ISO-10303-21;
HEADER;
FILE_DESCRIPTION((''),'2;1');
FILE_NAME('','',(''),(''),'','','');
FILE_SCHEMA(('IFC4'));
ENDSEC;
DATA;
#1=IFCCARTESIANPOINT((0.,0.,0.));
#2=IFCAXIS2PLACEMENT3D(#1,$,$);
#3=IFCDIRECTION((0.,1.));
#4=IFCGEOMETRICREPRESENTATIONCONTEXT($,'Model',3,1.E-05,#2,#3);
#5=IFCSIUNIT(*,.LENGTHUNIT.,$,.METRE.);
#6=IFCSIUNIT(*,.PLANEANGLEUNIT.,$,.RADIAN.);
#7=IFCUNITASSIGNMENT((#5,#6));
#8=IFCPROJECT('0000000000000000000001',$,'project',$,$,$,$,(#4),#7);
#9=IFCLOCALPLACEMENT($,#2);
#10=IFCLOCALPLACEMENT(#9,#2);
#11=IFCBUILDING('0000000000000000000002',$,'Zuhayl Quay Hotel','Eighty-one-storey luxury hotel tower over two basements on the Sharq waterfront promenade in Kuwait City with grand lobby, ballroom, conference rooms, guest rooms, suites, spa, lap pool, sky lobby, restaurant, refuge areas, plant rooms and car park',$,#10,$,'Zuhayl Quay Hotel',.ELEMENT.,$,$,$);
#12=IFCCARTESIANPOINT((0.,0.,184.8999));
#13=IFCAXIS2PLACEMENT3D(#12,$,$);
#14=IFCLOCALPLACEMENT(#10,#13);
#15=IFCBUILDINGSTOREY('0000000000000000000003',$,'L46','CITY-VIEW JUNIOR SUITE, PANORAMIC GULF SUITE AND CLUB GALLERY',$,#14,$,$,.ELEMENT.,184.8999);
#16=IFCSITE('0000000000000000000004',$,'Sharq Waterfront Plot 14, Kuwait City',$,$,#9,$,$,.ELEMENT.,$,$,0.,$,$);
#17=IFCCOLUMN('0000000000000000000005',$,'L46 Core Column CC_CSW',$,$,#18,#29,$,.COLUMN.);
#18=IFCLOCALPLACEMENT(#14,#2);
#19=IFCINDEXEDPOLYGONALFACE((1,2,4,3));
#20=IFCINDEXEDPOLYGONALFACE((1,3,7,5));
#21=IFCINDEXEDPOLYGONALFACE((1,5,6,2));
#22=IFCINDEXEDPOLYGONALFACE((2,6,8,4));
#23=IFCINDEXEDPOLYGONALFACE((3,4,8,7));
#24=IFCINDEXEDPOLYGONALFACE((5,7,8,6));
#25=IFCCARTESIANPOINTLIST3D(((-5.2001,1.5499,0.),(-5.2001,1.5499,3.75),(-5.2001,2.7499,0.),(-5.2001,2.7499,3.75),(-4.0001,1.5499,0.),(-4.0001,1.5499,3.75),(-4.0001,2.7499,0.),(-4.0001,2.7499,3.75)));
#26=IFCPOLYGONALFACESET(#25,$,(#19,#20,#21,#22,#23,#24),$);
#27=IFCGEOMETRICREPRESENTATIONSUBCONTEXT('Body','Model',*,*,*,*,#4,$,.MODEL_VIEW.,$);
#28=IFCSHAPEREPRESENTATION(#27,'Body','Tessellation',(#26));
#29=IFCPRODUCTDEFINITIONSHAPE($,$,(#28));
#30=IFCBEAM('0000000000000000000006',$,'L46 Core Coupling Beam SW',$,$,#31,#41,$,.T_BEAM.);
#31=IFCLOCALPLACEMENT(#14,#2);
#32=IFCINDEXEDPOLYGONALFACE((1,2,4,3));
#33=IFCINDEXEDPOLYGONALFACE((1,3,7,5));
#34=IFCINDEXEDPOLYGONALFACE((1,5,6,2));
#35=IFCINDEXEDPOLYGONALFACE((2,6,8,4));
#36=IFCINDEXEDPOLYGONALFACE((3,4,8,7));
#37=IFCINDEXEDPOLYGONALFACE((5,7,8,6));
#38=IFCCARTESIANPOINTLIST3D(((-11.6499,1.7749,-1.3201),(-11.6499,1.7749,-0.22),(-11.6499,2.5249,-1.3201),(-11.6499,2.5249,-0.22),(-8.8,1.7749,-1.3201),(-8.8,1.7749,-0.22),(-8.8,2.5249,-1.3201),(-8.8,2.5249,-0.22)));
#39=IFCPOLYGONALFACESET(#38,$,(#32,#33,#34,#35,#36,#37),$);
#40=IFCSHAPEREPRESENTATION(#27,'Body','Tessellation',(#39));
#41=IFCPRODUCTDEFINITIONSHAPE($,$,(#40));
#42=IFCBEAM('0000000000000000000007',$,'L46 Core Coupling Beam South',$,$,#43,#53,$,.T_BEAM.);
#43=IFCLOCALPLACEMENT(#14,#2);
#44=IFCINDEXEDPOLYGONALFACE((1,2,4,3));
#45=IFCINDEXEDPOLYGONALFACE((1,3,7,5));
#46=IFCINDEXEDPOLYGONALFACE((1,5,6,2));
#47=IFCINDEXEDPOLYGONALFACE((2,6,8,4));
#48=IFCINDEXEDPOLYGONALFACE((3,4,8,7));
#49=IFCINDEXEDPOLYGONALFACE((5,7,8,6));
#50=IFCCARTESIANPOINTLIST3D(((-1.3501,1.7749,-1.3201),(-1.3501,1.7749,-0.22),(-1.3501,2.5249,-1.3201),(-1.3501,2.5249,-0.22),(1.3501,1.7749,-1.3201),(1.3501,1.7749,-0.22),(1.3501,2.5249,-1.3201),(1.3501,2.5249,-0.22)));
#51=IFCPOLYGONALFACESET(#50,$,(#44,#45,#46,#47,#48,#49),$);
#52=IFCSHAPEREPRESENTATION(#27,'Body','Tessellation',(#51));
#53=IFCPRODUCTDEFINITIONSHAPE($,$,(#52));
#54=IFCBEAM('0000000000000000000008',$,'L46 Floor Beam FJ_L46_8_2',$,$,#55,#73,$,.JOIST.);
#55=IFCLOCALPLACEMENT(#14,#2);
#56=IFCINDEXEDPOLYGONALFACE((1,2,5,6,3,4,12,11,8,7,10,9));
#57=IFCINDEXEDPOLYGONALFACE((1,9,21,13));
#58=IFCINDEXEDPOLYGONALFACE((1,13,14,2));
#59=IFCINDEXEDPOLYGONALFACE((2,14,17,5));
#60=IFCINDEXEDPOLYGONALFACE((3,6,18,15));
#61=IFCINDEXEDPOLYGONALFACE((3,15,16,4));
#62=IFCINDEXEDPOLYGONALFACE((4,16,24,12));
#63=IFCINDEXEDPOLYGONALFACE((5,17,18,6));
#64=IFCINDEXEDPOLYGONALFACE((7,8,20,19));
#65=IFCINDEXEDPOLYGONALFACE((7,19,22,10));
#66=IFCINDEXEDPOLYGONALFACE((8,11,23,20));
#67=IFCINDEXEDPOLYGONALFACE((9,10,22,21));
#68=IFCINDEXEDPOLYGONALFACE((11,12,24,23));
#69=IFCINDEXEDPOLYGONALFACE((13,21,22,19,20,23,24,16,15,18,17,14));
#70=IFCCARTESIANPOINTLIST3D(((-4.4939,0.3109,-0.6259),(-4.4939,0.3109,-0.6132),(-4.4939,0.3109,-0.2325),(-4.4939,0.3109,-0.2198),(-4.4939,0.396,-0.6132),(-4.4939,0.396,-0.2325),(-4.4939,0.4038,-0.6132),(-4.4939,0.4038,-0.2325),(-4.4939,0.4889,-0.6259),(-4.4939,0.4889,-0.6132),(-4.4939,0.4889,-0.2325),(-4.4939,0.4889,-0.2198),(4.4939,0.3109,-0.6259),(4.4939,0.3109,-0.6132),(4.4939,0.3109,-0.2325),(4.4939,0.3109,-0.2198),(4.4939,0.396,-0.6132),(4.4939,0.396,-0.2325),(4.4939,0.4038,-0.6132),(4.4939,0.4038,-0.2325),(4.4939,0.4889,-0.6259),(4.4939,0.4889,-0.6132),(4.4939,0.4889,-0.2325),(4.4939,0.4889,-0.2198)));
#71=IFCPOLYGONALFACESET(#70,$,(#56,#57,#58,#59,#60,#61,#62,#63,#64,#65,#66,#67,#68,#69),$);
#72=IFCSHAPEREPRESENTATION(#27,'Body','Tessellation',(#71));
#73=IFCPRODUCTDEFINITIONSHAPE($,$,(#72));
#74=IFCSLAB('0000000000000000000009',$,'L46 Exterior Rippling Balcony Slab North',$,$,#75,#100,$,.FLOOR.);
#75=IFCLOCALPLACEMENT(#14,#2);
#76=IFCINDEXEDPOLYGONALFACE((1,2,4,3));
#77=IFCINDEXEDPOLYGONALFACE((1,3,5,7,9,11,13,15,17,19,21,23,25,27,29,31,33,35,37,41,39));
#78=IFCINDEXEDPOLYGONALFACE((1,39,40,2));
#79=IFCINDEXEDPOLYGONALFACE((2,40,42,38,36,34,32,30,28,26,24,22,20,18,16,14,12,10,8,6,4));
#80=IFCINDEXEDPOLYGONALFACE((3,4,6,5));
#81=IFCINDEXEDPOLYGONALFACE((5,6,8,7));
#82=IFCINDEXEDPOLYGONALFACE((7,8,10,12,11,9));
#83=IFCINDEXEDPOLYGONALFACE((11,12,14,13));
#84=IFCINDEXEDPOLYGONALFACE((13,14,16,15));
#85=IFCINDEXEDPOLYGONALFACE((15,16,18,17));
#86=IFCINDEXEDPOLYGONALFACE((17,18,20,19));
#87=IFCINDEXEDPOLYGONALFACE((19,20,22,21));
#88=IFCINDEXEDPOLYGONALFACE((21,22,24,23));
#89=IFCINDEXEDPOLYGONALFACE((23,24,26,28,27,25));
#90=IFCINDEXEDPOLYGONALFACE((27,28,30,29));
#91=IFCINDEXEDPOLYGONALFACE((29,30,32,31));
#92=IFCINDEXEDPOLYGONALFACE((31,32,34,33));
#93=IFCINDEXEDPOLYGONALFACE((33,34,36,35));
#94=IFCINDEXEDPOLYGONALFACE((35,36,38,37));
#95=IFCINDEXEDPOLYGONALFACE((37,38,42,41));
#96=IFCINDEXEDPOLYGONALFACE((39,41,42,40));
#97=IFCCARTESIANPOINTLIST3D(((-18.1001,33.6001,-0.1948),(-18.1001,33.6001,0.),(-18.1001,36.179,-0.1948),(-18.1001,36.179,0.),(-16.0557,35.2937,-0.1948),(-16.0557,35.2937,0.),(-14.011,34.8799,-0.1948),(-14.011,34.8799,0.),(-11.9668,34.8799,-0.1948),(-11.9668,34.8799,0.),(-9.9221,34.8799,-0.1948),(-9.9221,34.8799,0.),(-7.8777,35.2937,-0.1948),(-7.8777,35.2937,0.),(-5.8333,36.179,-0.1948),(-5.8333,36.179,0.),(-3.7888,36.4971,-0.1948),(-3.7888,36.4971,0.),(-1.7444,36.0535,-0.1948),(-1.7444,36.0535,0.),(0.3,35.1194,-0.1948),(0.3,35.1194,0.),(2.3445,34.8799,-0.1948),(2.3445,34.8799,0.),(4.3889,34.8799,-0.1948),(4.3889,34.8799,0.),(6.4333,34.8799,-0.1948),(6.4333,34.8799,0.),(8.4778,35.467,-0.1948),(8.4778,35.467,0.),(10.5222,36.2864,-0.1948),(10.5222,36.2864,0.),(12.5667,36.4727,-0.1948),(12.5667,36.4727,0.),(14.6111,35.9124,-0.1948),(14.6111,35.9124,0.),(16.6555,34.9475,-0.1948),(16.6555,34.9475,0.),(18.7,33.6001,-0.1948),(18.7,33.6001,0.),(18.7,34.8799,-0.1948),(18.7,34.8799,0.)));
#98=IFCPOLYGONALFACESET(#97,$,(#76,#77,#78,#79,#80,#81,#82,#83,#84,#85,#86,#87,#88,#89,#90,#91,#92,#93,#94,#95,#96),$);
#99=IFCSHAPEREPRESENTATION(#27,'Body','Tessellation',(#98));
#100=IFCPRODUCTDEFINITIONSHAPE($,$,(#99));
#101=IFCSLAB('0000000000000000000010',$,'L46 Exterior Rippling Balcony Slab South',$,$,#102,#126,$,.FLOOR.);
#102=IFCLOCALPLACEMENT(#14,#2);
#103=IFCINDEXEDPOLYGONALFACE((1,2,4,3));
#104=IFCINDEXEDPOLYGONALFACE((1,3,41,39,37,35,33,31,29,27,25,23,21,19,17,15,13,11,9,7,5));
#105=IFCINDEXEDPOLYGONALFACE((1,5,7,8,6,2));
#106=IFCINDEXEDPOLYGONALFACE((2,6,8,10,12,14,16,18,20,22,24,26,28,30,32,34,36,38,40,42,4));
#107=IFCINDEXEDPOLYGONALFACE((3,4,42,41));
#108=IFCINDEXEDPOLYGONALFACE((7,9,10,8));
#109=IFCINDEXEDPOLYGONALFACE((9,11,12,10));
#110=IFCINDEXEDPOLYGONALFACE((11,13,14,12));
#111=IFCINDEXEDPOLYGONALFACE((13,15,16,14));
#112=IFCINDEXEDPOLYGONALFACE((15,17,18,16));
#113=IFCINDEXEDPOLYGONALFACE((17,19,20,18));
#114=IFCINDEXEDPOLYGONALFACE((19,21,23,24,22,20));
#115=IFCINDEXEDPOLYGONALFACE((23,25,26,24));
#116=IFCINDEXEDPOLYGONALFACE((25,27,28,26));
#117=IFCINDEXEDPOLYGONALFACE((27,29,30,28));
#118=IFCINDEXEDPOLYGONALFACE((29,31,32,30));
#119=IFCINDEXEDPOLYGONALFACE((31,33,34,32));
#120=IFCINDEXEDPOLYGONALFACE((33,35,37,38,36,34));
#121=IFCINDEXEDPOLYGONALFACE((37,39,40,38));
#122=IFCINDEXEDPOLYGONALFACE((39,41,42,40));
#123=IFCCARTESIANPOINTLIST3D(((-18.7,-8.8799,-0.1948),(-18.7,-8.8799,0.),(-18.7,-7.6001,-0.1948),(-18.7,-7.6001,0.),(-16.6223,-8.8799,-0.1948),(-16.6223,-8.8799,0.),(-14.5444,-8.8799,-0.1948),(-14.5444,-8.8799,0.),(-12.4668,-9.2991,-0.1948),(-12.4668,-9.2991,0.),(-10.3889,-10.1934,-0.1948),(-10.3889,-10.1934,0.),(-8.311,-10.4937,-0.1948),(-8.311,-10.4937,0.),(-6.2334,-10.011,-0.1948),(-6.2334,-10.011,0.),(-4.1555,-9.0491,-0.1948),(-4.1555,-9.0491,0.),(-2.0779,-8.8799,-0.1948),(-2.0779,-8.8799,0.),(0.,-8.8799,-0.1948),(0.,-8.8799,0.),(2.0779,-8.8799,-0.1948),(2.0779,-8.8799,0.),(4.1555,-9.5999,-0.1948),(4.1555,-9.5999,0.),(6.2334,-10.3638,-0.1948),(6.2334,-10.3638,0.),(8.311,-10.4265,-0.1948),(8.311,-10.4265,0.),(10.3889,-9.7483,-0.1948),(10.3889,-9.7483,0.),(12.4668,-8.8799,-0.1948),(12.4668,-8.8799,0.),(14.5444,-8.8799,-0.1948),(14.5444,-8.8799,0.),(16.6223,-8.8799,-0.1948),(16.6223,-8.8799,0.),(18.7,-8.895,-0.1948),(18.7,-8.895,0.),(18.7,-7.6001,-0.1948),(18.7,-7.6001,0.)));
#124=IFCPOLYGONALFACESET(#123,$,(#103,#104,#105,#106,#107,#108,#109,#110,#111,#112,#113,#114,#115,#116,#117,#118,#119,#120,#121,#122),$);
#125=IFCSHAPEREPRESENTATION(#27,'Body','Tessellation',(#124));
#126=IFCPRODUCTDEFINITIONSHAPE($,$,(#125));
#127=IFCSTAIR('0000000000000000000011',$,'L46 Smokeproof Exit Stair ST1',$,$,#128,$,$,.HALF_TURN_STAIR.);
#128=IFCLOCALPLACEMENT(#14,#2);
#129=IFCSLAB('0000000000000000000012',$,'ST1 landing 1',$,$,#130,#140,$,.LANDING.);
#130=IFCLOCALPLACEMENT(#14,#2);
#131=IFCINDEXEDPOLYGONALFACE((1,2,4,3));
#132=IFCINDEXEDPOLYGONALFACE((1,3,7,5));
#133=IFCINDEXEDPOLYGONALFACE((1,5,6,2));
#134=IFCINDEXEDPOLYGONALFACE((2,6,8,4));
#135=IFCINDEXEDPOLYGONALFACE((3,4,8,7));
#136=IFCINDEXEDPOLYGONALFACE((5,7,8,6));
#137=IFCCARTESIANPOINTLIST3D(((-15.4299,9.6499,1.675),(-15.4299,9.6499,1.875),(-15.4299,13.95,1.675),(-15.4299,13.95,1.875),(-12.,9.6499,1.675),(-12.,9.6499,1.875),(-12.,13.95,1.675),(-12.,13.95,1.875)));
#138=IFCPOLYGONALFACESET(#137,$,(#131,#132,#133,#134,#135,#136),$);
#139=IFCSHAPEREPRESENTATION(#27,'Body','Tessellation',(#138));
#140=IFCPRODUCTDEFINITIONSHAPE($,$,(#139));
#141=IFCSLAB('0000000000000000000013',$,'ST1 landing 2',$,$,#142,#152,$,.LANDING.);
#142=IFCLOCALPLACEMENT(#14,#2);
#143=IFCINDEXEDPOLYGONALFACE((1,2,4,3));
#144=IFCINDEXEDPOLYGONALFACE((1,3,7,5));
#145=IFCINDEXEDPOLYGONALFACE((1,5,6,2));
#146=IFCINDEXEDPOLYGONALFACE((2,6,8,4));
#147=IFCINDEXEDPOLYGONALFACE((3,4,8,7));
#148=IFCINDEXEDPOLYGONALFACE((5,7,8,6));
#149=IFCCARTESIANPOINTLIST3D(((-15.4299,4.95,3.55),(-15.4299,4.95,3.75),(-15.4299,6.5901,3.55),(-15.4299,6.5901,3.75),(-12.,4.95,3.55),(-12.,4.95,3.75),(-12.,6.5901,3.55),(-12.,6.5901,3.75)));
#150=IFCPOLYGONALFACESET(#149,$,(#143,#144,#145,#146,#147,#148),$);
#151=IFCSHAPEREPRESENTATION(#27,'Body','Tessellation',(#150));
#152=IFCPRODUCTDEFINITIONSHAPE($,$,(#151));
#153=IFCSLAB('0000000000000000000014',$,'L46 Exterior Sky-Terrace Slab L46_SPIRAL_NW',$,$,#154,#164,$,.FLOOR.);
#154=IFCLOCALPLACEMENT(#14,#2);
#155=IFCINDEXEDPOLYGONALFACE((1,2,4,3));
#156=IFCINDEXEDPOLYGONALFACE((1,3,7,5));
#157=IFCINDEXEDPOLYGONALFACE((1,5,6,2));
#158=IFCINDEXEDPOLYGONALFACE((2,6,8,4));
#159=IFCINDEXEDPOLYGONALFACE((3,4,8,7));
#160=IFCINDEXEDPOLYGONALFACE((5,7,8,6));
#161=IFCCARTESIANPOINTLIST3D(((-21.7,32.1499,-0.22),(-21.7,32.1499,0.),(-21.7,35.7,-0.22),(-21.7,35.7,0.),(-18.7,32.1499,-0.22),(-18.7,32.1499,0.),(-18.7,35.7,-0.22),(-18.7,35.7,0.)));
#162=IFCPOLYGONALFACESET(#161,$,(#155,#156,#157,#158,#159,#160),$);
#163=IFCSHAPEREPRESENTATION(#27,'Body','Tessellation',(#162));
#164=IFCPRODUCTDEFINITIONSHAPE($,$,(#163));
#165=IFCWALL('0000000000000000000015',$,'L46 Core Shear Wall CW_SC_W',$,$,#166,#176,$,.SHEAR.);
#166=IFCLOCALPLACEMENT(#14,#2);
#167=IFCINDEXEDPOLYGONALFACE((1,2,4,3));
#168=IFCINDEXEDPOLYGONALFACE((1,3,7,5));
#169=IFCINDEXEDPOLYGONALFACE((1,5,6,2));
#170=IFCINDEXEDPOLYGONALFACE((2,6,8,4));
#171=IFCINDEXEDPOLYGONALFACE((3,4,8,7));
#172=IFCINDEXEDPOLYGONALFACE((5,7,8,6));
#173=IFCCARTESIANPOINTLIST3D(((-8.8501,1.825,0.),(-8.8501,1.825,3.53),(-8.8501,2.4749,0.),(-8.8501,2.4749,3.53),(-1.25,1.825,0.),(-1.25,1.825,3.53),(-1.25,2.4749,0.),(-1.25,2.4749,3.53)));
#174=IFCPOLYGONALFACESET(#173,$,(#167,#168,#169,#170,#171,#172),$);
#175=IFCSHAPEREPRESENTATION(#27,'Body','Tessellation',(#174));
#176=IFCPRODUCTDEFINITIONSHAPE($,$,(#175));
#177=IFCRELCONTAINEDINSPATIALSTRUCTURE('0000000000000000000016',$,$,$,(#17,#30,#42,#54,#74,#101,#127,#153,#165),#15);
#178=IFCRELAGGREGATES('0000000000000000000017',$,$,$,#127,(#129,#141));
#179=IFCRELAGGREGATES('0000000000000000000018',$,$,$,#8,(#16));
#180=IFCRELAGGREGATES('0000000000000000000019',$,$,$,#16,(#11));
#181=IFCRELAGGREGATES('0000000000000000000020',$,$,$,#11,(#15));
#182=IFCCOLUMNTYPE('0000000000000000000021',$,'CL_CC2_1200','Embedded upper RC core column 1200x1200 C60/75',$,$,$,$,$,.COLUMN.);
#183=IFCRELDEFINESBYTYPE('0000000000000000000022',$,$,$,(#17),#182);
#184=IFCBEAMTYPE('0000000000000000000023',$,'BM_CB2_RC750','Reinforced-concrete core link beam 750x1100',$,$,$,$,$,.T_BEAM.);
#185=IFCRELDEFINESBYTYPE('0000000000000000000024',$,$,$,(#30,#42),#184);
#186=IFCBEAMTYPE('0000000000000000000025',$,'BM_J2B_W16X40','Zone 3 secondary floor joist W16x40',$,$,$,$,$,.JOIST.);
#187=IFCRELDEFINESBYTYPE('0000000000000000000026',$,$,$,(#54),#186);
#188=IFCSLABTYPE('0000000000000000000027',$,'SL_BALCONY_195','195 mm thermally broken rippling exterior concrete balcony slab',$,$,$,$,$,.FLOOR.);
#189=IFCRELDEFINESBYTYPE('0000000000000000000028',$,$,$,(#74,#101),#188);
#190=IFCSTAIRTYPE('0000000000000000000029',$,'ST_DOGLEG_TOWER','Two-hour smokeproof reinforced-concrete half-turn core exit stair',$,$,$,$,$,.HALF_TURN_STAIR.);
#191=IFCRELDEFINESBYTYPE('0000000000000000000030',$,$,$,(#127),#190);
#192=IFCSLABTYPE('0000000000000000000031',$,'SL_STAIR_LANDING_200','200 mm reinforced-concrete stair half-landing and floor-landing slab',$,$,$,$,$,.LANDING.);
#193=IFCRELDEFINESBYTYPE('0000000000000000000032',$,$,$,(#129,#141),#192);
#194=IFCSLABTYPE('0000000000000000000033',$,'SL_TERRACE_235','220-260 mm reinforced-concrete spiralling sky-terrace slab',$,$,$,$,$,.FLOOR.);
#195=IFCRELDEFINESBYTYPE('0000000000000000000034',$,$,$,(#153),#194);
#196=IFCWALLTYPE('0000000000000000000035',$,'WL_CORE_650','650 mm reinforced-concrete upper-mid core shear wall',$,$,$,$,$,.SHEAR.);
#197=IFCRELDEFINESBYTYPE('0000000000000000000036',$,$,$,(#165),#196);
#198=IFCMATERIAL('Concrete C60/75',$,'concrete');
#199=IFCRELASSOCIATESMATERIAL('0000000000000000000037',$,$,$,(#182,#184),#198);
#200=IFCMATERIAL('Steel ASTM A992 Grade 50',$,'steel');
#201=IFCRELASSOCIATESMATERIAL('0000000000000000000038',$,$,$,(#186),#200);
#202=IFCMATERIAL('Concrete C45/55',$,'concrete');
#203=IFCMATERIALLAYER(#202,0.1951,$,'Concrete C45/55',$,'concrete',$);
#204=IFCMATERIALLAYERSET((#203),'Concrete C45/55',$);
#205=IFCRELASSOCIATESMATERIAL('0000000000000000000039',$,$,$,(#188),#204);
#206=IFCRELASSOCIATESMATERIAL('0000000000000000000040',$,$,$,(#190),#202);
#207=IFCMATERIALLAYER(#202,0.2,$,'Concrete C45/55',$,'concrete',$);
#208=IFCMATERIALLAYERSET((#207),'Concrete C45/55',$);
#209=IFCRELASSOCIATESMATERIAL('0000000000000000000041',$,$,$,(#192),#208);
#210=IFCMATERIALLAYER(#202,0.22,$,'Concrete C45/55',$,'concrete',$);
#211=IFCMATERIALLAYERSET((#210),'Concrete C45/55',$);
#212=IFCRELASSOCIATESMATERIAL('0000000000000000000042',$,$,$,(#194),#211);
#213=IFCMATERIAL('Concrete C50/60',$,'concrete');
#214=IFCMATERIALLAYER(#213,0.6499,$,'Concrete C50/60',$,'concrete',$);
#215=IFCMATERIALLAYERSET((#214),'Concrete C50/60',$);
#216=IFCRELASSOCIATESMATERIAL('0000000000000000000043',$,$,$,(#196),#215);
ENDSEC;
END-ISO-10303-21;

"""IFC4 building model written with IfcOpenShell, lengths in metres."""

from ifc_helpers import new_model, si_unit, direction, frame, frame_2d, origin, origin_2d, place, context, subcontext, project, spatial, polyline, rectangle, i_section, outline, extrude, material, layer, layer_set, material_profile, profile_set, type_object, element, aggregate, save


model = new_model("IFC4")

# Units and contexts
model_context = context("Model", 3, precision=1e-05, world=origin(), true_north=direction((0.0, 1.0)))
body_context = subcontext(model_context, "Body", "Model", "MODEL_VIEW")
ifc_project = project(units=[si_unit("LENGTHUNIT", "METRE"), si_unit("PLANEANGLEUNIT", "RADIAN")], contexts=[model_context])

# Site, building, storey
site_placement = place(None, origin())
site = spatial("IfcSite", under=ifc_project, at=site_placement, Name="Sharq Waterfront Plot 14, Kuwait City", CompositionType="ELEMENT", RefElevation=0.0)
building_placement = place(site_placement, origin())
building = spatial("IfcBuilding", under=site, at=building_placement, Name="Zuhayl Quay Hotel", Description="Eighty-one-storey luxury hotel tower over two basements on the Sharq waterfront promenade in Kuwait City with grand lobby, ballroom, conference rooms, guest rooms, suites, spa, lap pool, sky lobby, restaurant, refuge areas, plant rooms and car park", LongName="Zuhayl Quay Hotel", CompositionType="ELEMENT")
storey_placement = place(building_placement, frame((0.0, 0.0, 184.8999)))
storey = spatial("IfcBuildingStorey", under=building, at=storey_placement, Name="L46", Description="CITY-VIEW JUNIOR SUITE, PANORAMIC GULF SUITE AND CLUB GALLERY", CompositionType="ELEMENT", Elevation=184.8999)

# Column
ifc_material_1 = material(Name="Concrete C60/75", Category="concrete")
ifc_material_profile_1 = material_profile(ifc_material_1, rectangle(XDim=1.2, YDim=1.2, at=origin_2d()), Name="RC1200X1200")
ifc_profile_set_1 = profile_set([ifc_material_profile_1], Name="Concrete C60/75")
column_type = type_object("IfcColumnType", Name="CL_CC2_1200", Description="Embedded upper RC core column 1200x1200 C60/75", PredefinedType="COLUMN", material=ifc_profile_set_1)
column_placement = place(storey_placement, frame((-4.6001, 2.1499, 0.0), z_axis=(0.0, 0.0, 1.0), x_axis=(1.0, 0.0, 0.0)))
element("IfcColumn", 1, at=column_placement, inside=storey, type_object=column_type, Name="L46 Core Column CC_CSW", PredefinedType="COLUMN", context=body_context, shape_type="SweptSolid", body=[
    extrude(rectangle(XDim=1.2, YDim=1.2, at=origin_2d()), origin(), (0.0, 0.0, 1.0), 3.75),
])

# Beams
ifc_material_profile_2 = material_profile(ifc_material_1, rectangle(XDim=0.75, YDim=1.1001, at=origin_2d()), Name="RC750X1100")
ifc_profile_set_2 = profile_set([ifc_material_profile_2], Name="Concrete C60/75")
beam_type_1 = type_object("IfcBeamType", Name="BM_CB2_RC750", Description="Reinforced-concrete core link beam 750x1100", PredefinedType="T_BEAM", material=ifc_profile_set_2)
beam_1_placement = place(storey_placement, frame((-11.6499, 2.1499, -0.77), z_axis=(1.0, 0.0, 0.0), x_axis=(0.0, 1.0, 0.0)))
element("IfcBeam", 2, at=beam_1_placement, inside=storey, type_object=beam_type_1, Name="L46 Core Coupling Beam SW", PredefinedType="T_BEAM", context=body_context, shape_type="SweptSolid", body=[
    extrude(rectangle(XDim=0.75, YDim=1.1001, at=origin_2d()), origin(), (0.0, 0.0, 1.0), 2.8499),
])
beam_2_placement = place(storey_placement, frame((-1.3501, 2.1499, -0.77), z_axis=(1.0, 0.0, 0.0), x_axis=(0.0, 1.0, 0.0)))
element("IfcBeam", 3, at=beam_2_placement, inside=storey, type_object=beam_type_1, Name="L46 Core Coupling Beam South", PredefinedType="T_BEAM", context=body_context, shape_type="SweptSolid", body=[
    extrude(rectangle(XDim=0.75, YDim=1.1001, at=origin_2d()), origin(), (0.0, 0.0, 1.0), 2.7002),
])
ifc_material_2 = material(Name="Steel ASTM A992 Grade 50", Category="steel")
ifc_material_profile_3 = material_profile(ifc_material_2, i_section(OverallWidth=0.178, OverallDepth=0.406, WebThickness=0.0078, FlangeThickness=0.0127, at=origin_2d()), Name="W16X40")
ifc_profile_set_3 = profile_set([ifc_material_profile_3], Name="Steel ASTM A992 Grade 50")
beam_type_2 = type_object("IfcBeamType", Name="BM_J2B_W16X40", Description="Zone 3 secondary floor joist W16x40", PredefinedType="JOIST", material=ifc_profile_set_3)
beam_3_placement = place(storey_placement, frame((-4.4939, 0.3999, -0.4229), z_axis=(1.0, 0.0, 0.0), x_axis=(0.0, 1.0, 0.0)))
element("IfcBeam", 4, at=beam_3_placement, inside=storey, type_object=beam_type_2, Name="L46 Floor Beam FJ_L46_8_2", PredefinedType="JOIST", context=body_context, shape_type="SweptSolid", body=[
    extrude(i_section(OverallWidth=0.178, OverallDepth=0.406, WebThickness=0.0078, FlangeThickness=0.0127, at=origin_2d()), origin(), (0.0, 0.0, 1.0), 8.9878),
])

# Slabs
ifc_material_3 = material(Name="Concrete C45/55", Category="concrete")
ifc_layer_1 = layer(ifc_material_3, 0.1951, Name="Concrete C45/55", Category="concrete")
ifc_layer_set_1 = layer_set([ifc_layer_1], Name="Concrete C45/55")
slab_type_1 = type_object("IfcSlabType", Name="SL_BALCONY_195", Description="195 mm thermally broken rippling exterior concrete balcony slab", PredefinedType="FLOOR", material=ifc_layer_set_1)
slab_1_placement = place(storey_placement, frame((0.0, 0.0, -0.1948)))
element("IfcSlab", 5, at=slab_1_placement, inside=storey, type_object=slab_type_1, Name="L46 Exterior Rippling Balcony Slab North", PredefinedType="FLOOR", context=body_context, shape_type="SweptSolid", body=[
    extrude(outline(polyline([(-18.1001, 33.6001), (18.7, 33.6001), (18.7, 34.8799), (16.6555, 34.9475), (14.6111, 35.9124), (12.5667, 36.4727), (10.5222, 36.2864), (8.4778, 35.467), (6.4333, 34.8799), (4.3889, 34.8799), (2.3445, 34.8799), (0.3, 35.1194), (-1.7444, 36.0535), (-3.7888, 36.4971), (-5.8333, 36.179), (-7.8777, 35.2937), (-9.9221, 34.8799), (-11.9668, 34.8799), (-14.011, 34.8799), (-16.0557, 35.2937), (-18.1001, 36.179), (-18.1001, 33.6001)])), origin(), (0.0, 0.0, 1.0), 0.1948),
])
slab_2_placement = place(storey_placement, frame((0.0, 0.0, -0.1948)))
element("IfcSlab", 6, at=slab_2_placement, inside=storey, type_object=slab_type_1, Name="L46 Exterior Rippling Balcony Slab South", PredefinedType="FLOOR", context=body_context, shape_type="SweptSolid", body=[
    extrude(outline(polyline([(-18.7, -8.8799), (-16.6223, -8.8799), (-14.5444, -8.8799), (-12.4668, -9.2991), (-10.3889, -10.1934), (-8.311, -10.4937), (-6.2334, -10.011), (-4.1555, -9.0491), (-2.0779, -8.8799), (0.0, -8.8799), (2.0779, -8.8799), (4.1555, -9.5999), (6.2334, -10.3638), (8.311, -10.4265), (10.3889, -9.7483), (12.4668, -8.8799), (14.5444, -8.8799), (16.6223, -8.8799), (18.7, -8.895), (18.7, -7.6001), (-18.7, -7.6001), (-18.7, -8.8799)])), origin(), (0.0, 0.0, 1.0), 0.1948),
])

# Stair, slabs
stair_type = type_object("IfcStairType", Name="ST_DOGLEG_TOWER", Description="Two-hour smokeproof reinforced-concrete half-turn core exit stair", PredefinedType="HALF_TURN_STAIR", material=ifc_material_3)
stair_placement = place(storey_placement, origin())
stair = element("IfcStair", 7, at=stair_placement, inside=storey, type_object=stair_type, Name="L46 Smokeproof Exit Stair ST1", PredefinedType="HALF_TURN_STAIR")
ifc_layer_2 = layer(ifc_material_3, 0.2, Name="Concrete C45/55", Category="concrete")
ifc_layer_set_2 = layer_set([ifc_layer_2], Name="Concrete C45/55")
slab_type_2 = type_object("IfcSlabType", Name="SL_STAIR_LANDING_200", Description="200 mm reinforced-concrete stair half-landing and floor-landing slab", PredefinedType="LANDING", material=ifc_layer_set_2)
slab_3_placement = place(storey_placement, frame((0.0, 0.0, 1.675)))
slab_3 = element("IfcSlab", 8, at=slab_3_placement, type_object=slab_type_2, Name="ST1 landing 1", PredefinedType="LANDING", context=body_context, shape_type="SweptSolid", body=[
    extrude(outline(polyline([(-12.0, 9.6499), (-12.0, 13.95), (-15.4299, 13.95), (-15.4299, 9.6499), (-12.0, 9.6499)])), origin(), (0.0, 0.0, 1.0), 0.2),
])
slab_4_placement = place(storey_placement, frame((0.0, 0.0, 3.55)))
slab_4 = element("IfcSlab", 9, at=slab_4_placement, type_object=slab_type_2, Name="ST1 landing 2", PredefinedType="LANDING", context=body_context, shape_type="SweptSolid", body=[
    extrude(outline(polyline([(-12.0, 4.95), (-12.0, 6.5901), (-15.4299, 6.5901), (-15.4299, 4.95), (-12.0, 4.95)])), origin(), (0.0, 0.0, 1.0), 0.2),
])
aggregate(stair, [slab_3, slab_4])

# Slab
ifc_layer_3 = layer(ifc_material_3, 0.22, Name="Concrete C45/55", Category="concrete")
ifc_layer_set_3 = layer_set([ifc_layer_3], Name="Concrete C45/55")
slab_type_3 = type_object("IfcSlabType", Name="SL_TERRACE_235", Description="220-260 mm reinforced-concrete spiralling sky-terrace slab", PredefinedType="FLOOR", material=ifc_layer_set_3)
slab_5_placement = place(storey_placement, frame((0.0, 0.0, -0.22)))
element("IfcSlab", 10, at=slab_5_placement, inside=storey, type_object=slab_type_3, Name="L46 Exterior Sky-Terrace Slab L46_SPIRAL_NW", PredefinedType="FLOOR", context=body_context, shape_type="SweptSolid", body=[
    extrude(outline(polyline([(-21.7, 32.1499), (-18.7, 32.1499), (-18.7, 35.7), (-21.7, 35.7), (-21.7, 32.1499)])), origin(), (0.0, 0.0, 1.0), 0.22),
])

# Wall
ifc_material_4 = material(Name="Concrete C50/60", Category="concrete")
ifc_layer_4 = layer(ifc_material_4, 0.6499, Name="Concrete C50/60", Category="concrete")
ifc_layer_set_4 = layer_set([ifc_layer_4], Name="Concrete C50/60")
wall_type_1 = type_object("IfcWallType", Name="WL_CORE_650", Description="650 mm reinforced-concrete upper-mid core shear wall", PredefinedType="SHEAR", material=ifc_layer_set_4)
wall_1_placement = place(storey_placement, frame((-8.8501, 2.1499, 0.0), z_axis=(0.0, 0.0, 1.0), x_axis=(1.0, 0.0, 0.0)))
element("IfcWall", 11, at=wall_1_placement, inside=storey, type_object=wall_type_1, Name="L46 Core Shear Wall CW_SC_W", PredefinedType="SHEAR", context=body_context, shape_type="SweptSolid", body=[
    extrude(rectangle(XDim=7.6001, YDim=0.6499, at=frame_2d((3.8, 0.0))), origin(), (0.0, 0.0, 1.0), 3.53),
])

save(model, "model.ifc")
